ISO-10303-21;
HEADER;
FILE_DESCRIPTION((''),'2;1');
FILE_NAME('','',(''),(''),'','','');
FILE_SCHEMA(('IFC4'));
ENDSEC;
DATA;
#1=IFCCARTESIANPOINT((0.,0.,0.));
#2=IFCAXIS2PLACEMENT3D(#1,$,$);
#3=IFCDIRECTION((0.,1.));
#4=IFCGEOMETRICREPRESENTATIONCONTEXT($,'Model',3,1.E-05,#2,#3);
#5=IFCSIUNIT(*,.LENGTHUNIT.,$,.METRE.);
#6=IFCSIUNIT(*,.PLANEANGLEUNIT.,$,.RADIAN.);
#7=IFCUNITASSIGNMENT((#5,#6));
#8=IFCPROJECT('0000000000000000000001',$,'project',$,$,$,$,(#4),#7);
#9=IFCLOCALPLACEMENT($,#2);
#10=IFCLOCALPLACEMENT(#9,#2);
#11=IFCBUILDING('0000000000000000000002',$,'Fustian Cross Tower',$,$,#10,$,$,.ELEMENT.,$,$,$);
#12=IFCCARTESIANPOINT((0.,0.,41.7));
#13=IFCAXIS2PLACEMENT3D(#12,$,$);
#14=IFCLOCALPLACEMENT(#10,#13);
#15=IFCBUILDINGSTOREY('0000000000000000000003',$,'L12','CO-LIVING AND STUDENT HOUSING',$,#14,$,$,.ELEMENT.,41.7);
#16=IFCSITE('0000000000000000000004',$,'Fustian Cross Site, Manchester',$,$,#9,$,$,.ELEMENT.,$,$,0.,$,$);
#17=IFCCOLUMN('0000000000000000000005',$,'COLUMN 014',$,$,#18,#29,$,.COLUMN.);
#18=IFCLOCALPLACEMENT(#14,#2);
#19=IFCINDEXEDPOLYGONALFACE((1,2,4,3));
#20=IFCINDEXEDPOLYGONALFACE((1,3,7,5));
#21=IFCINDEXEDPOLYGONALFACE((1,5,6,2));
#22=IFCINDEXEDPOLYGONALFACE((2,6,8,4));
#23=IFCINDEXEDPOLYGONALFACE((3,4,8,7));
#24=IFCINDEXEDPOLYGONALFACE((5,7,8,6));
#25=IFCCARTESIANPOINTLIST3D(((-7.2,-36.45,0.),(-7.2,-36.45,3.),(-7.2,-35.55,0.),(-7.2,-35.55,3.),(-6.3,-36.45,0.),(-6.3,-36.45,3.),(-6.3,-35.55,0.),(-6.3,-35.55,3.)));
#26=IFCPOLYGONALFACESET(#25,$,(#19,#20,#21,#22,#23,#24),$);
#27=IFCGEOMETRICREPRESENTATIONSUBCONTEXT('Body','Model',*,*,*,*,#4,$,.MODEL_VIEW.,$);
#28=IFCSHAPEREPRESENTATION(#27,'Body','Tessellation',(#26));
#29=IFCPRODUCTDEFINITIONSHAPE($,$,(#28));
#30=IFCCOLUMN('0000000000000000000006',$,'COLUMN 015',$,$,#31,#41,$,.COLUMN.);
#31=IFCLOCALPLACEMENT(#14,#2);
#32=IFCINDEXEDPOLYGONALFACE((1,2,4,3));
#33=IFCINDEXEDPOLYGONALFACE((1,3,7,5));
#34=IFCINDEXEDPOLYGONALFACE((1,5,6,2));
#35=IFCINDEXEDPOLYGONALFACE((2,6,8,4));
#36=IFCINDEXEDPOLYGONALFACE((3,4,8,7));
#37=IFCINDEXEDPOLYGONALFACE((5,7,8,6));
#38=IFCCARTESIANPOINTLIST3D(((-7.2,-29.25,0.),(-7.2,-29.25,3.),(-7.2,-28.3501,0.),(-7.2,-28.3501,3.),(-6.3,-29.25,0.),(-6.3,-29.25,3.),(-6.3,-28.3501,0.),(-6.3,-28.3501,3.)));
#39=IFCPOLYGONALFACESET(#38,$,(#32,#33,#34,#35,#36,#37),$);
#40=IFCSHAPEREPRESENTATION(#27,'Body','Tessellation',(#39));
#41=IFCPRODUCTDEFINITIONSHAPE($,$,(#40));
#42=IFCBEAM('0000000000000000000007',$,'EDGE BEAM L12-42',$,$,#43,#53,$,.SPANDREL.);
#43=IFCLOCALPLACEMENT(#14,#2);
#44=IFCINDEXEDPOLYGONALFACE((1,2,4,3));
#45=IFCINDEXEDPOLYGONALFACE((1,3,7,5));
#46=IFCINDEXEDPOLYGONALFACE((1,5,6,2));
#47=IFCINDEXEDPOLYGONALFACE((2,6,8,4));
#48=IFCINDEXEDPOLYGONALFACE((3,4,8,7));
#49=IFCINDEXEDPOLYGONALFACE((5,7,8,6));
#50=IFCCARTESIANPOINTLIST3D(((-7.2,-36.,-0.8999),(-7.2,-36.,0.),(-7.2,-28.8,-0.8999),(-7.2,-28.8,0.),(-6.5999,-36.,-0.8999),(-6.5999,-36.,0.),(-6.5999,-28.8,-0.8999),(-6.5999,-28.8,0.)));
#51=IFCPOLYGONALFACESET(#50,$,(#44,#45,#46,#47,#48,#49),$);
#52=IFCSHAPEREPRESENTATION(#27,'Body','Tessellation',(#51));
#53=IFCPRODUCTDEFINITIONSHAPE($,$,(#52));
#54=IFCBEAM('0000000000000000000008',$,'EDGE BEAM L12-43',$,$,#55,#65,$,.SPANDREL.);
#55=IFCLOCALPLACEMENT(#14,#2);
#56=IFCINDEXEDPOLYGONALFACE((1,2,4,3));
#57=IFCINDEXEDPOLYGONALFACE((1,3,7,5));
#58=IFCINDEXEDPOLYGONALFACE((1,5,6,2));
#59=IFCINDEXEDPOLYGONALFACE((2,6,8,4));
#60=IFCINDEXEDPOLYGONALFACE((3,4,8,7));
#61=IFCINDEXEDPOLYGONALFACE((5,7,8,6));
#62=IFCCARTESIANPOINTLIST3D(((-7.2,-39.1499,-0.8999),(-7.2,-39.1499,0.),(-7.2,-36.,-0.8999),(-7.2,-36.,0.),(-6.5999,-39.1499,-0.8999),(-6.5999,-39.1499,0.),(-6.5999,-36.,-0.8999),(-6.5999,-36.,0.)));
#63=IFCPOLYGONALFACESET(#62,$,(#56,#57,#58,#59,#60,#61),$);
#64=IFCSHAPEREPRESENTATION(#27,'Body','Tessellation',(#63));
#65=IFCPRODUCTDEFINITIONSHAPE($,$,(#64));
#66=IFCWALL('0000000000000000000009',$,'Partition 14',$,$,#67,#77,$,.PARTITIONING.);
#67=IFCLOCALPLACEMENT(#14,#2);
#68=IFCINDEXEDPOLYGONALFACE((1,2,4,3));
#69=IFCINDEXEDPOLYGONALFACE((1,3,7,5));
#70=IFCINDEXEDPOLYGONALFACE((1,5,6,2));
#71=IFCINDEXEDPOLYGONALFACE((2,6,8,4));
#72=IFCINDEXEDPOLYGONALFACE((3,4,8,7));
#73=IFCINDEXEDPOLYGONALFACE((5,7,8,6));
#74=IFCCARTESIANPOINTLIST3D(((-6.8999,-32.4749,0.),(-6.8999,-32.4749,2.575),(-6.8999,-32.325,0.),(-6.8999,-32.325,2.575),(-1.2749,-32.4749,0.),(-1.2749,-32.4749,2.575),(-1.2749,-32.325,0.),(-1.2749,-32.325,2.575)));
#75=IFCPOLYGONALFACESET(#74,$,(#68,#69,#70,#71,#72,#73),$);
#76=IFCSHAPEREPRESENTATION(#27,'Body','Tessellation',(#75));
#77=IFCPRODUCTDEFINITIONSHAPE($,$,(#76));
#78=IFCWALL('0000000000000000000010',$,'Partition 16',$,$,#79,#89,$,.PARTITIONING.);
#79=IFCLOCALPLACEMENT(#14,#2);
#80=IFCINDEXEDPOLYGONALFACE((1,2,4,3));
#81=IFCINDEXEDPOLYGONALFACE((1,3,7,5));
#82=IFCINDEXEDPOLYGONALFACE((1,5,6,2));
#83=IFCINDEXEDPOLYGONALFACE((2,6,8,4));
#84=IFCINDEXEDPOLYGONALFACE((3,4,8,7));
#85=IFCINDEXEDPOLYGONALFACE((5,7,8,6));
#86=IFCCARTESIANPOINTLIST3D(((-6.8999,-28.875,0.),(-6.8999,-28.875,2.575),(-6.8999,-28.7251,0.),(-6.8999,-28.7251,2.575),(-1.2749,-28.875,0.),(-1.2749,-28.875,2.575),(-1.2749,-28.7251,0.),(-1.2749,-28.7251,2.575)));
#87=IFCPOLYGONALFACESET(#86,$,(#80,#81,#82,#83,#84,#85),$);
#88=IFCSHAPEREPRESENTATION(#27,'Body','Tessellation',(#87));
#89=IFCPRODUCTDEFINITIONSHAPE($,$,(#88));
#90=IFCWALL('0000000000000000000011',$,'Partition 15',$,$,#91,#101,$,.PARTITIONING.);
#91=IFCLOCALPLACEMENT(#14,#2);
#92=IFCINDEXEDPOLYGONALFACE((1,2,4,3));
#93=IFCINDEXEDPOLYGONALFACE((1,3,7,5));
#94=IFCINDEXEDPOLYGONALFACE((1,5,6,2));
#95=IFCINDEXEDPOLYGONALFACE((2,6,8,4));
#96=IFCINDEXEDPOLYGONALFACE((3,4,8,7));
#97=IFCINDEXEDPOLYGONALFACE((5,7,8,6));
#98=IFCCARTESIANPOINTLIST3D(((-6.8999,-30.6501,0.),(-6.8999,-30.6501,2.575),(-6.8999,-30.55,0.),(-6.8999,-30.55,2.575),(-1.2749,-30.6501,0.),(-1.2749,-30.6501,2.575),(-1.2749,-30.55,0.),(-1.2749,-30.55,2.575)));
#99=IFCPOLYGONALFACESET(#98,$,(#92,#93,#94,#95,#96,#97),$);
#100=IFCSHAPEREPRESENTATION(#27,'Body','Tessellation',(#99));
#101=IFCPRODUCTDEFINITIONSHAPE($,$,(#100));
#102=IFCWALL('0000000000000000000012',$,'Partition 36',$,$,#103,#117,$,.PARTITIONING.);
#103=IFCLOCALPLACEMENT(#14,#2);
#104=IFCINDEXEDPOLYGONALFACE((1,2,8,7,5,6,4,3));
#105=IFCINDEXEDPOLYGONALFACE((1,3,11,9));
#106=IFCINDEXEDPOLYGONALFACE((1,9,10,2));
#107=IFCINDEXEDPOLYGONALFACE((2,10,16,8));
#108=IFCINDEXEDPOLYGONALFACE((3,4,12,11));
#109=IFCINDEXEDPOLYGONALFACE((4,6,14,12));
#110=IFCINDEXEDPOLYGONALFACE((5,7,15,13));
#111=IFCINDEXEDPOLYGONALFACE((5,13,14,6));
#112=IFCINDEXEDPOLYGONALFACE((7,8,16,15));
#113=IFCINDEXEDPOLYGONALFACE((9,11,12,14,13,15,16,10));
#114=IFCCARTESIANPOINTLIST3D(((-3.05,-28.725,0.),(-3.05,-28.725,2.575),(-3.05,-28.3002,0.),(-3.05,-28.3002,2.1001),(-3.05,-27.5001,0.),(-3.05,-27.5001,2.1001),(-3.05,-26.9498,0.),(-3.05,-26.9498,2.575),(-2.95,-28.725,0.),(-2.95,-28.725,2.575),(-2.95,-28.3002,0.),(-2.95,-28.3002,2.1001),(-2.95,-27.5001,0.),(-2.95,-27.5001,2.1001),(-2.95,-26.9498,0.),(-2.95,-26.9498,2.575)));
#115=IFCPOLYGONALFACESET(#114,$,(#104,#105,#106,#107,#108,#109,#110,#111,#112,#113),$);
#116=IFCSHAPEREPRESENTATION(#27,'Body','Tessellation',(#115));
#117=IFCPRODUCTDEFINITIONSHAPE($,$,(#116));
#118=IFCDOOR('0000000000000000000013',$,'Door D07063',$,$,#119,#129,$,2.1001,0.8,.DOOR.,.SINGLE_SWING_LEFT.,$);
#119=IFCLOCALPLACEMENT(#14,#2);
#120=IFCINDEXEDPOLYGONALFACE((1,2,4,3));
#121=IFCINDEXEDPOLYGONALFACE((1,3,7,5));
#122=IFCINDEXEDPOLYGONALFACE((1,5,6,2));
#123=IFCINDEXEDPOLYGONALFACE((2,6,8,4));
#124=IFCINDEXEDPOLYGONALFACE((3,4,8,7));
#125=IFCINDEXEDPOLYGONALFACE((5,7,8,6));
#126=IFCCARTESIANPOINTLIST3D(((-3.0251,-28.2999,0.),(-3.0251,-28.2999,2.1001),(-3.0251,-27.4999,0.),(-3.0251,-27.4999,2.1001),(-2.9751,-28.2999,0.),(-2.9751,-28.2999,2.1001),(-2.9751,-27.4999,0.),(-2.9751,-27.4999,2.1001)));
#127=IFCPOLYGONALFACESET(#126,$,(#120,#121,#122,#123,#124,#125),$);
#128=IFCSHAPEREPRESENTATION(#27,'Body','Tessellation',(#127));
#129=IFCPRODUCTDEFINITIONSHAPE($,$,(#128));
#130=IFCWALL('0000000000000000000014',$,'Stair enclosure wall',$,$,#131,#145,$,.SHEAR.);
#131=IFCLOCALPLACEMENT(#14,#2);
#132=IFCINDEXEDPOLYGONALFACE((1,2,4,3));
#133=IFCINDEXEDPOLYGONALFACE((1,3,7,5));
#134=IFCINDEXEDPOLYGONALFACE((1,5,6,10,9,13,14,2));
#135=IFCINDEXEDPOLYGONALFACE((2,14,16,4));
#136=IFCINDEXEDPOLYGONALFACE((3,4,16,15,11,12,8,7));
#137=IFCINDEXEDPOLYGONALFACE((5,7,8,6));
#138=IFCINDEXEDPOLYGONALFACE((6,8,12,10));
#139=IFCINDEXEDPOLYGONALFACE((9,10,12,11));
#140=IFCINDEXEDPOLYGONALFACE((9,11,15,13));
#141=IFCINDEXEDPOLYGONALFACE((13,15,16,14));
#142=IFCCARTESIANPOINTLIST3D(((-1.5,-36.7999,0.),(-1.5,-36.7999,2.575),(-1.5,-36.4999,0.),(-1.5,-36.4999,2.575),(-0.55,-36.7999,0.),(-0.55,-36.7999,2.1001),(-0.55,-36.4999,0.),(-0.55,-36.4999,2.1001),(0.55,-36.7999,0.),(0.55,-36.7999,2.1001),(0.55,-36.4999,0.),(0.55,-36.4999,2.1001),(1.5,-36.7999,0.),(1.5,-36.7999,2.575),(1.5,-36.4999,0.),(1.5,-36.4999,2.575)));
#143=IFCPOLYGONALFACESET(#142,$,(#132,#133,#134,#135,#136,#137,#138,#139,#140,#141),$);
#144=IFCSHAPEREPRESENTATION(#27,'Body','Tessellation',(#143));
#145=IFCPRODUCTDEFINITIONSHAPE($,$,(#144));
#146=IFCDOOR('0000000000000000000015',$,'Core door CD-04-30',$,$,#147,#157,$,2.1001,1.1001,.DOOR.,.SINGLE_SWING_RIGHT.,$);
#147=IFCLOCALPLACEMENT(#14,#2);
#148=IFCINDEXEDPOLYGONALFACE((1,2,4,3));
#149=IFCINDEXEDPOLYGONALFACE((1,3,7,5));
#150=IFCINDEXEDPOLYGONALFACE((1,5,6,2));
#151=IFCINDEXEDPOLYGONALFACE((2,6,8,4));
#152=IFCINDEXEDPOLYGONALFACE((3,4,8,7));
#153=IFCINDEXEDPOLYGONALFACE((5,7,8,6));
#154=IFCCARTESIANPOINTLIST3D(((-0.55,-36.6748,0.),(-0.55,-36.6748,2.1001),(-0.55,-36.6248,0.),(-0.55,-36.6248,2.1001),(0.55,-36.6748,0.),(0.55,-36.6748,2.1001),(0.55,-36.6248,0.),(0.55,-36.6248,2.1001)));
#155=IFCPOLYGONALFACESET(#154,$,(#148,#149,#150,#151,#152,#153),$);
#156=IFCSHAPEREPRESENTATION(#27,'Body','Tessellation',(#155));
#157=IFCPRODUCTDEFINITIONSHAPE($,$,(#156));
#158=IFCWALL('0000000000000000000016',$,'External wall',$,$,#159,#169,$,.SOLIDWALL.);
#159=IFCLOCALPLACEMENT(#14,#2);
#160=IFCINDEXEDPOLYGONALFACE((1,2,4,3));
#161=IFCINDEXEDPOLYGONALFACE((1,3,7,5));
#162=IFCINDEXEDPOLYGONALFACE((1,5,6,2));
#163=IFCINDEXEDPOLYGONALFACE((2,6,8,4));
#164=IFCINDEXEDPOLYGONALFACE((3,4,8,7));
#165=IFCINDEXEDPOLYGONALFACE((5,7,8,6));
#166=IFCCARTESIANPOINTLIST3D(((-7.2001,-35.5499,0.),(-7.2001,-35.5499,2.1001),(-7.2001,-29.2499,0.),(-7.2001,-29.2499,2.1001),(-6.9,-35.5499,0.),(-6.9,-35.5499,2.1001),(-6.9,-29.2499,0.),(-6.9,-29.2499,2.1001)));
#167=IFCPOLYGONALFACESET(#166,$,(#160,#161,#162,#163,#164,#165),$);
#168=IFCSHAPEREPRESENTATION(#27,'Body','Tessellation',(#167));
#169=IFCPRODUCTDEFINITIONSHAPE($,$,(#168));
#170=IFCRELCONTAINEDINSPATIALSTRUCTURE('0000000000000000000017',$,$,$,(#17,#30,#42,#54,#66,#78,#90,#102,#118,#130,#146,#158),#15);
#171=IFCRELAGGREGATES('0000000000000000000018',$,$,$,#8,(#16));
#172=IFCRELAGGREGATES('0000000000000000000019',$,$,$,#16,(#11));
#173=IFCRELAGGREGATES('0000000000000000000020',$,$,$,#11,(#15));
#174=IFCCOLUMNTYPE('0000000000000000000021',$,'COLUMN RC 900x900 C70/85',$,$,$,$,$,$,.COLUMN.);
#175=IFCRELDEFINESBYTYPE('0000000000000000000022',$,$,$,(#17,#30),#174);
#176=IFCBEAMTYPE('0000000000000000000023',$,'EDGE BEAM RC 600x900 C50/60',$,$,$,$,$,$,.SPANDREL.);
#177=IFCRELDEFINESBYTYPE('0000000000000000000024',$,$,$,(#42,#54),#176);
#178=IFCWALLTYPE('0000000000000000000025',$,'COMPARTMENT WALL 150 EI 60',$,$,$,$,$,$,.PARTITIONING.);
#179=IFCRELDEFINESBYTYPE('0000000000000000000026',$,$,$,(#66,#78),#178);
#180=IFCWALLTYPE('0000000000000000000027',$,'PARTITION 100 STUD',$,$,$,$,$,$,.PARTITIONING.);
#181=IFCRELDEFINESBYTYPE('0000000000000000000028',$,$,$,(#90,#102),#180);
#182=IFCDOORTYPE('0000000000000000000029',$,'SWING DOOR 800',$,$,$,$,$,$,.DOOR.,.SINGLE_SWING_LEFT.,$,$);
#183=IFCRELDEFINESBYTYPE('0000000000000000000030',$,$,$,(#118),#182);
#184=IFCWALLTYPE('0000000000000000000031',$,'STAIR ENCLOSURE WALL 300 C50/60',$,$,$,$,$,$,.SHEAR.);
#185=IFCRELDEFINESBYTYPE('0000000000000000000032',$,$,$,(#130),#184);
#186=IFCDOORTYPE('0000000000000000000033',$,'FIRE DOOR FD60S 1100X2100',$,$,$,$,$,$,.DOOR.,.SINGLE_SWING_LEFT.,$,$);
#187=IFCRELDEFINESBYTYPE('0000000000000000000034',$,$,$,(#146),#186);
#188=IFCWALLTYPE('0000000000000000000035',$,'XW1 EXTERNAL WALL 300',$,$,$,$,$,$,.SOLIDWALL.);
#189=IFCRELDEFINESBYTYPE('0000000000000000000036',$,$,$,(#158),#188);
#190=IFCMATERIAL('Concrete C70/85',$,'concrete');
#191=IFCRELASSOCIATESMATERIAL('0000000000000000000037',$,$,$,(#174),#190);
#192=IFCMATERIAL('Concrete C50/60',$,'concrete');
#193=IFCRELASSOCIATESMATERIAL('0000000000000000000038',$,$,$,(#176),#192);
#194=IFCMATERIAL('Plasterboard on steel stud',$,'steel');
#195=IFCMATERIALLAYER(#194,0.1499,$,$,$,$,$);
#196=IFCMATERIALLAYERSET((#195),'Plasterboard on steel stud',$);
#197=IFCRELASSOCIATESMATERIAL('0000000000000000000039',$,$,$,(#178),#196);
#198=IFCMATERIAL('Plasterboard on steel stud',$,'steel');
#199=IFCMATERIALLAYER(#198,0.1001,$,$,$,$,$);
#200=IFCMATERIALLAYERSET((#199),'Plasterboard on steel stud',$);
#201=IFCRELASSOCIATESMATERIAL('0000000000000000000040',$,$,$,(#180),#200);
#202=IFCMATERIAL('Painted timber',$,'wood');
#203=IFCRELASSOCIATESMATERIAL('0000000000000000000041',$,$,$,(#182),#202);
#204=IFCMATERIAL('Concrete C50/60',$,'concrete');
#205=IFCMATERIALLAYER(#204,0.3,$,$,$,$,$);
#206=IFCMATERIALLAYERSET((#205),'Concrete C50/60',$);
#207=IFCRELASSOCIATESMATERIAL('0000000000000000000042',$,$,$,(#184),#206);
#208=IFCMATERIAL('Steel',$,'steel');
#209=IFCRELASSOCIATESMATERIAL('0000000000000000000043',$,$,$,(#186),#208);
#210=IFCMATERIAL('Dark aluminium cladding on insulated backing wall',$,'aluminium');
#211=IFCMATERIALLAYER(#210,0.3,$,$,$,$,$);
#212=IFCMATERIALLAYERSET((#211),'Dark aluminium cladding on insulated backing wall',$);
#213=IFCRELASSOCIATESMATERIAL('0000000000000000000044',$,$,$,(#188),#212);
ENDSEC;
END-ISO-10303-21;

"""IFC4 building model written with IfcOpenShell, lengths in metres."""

from ifc_helpers import new_model, si_unit, direction, frame, frame_2d, origin, origin_2d, place, context, subcontext, project, spatial, rectangle, extrude, material, layer, layer_set, material_profile, profile_set, type_object, element, fill, save


model = new_model("IFC4")

# Units and contexts
model_context = context("Model", 3, precision=1e-05, world=origin(), true_north=direction((0.0, 1.0)))
body_context = subcontext(model_context, "Body", "Model", "MODEL_VIEW")
ifc_project = project(units=[si_unit("LENGTHUNIT", "METRE"), si_unit("PLANEANGLEUNIT", "RADIAN")], contexts=[model_context])

# Site, building, storey
site_placement = place(None, origin())
site = spatial("IfcSite", under=ifc_project, at=site_placement, Name="Fustian Cross Site, Manchester", CompositionType="ELEMENT", RefElevation=0.0)
building_placement = place(site_placement, origin())
building = spatial("IfcBuilding", under=site, at=building_placement, Name="Fustian Cross Tower", CompositionType="ELEMENT")
storey_placement = place(building_placement, frame((0.0, 0.0, 41.7)))
storey = spatial("IfcBuildingStorey", under=building, at=storey_placement, Name="L12", Description="CO-LIVING AND STUDENT HOUSING", CompositionType="ELEMENT", Elevation=41.7)

# Columns
ifc_material_1 = material(Name="Concrete C70/85", Category="concrete")
ifc_material_profile_1 = material_profile(ifc_material_1, rectangle(XDim=0.8999, YDim=0.8999, at=origin_2d()), Name="RC 900x900")
ifc_profile_set_1 = profile_set([ifc_material_profile_1], Name="Concrete C70/85")
column_type = type_object("IfcColumnType", Name="COLUMN RC 900x900 C70/85", PredefinedType="COLUMN", material=ifc_profile_set_1)
for number, where, z_axis, x_axis, name in (
    (1, (-6.75, -36.0, 0.0), (0.0, 0.0, 1.0), (1.0, 0.0, 0.0), "COLUMN 014"),
    (2, (-6.75, -28.8, 0.0), (0.0, 0.0, 1.0), (1.0, 0.0, 0.0), "COLUMN 015"),
):
    element("IfcColumn", number, at=place(storey_placement, frame(where, z_axis=z_axis, x_axis=x_axis)), inside=storey, type_object=column_type, Name=name, PredefinedType="COLUMN", context=body_context, shape_type="SweptSolid", body=[
        extrude(rectangle(XDim=0.8999, YDim=0.8999, at=origin_2d()), origin(), (0.0, 0.0, 1.0), 3.0),
    ])

# Beams
ifc_material_2 = material(Name="Concrete C50/60", Category="concrete")
ifc_material_profile_2 = material_profile(ifc_material_2, rectangle(XDim=0.6001, YDim=0.8999, at=origin_2d()), Name="RC 600x900")
ifc_profile_set_2 = profile_set([ifc_material_profile_2], Name="Concrete C50/60")
beam_type = type_object("IfcBeamType", Name="EDGE BEAM RC 600x900 C50/60", PredefinedType="SPANDREL", material=ifc_profile_set_2)
beam_1_placement = place(storey_placement, frame((-6.8999, -28.8, -0.45), z_axis=(0.0, -1.0, 0.0), x_axis=(1.0, 0.0, 0.0)))
element("IfcBeam", 3, at=beam_1_placement, inside=storey, type_object=beam_type, Name="EDGE BEAM L12-42", PredefinedType="SPANDREL", context=body_context, shape_type="SweptSolid", body=[
    extrude(rectangle(XDim=0.6001, YDim=0.8999, at=origin_2d()), origin(), (0.0, 0.0, 1.0), 7.2),
])
beam_2_placement = place(storey_placement, frame((-6.8999, -36.0, -0.45), z_axis=(0.0, -1.0, 0.0), x_axis=(1.0, 0.0, 0.0)))
element("IfcBeam", 4, at=beam_2_placement, inside=storey, type_object=beam_type, Name="EDGE BEAM L12-43", PredefinedType="SPANDREL", context=body_context, shape_type="SweptSolid", body=[
    extrude(rectangle(XDim=0.6001, YDim=0.8999, at=origin_2d()), origin(), (0.0, 0.0, 1.0), 3.1499),
])

# Walls
ifc_material_3 = material(Name="Plasterboard on steel stud", Category="steel")
ifc_layer_1 = layer(ifc_material_3, 0.1499)
ifc_layer_set_1 = layer_set([ifc_layer_1], Name="Plasterboard on steel stud")
wall_type_1 = type_object("IfcWallType", Name="COMPARTMENT WALL 150 EI 60", PredefinedType="PARTITIONING", material=ifc_layer_set_1)
for number, where, z_axis, x_axis, name in (
    (5, (-6.8999, -32.3999, 0.0), (0.0, 0.0, 1.0), (1.0, 0.0, 0.0), "Partition 14"),
    (6, (-6.8999, -28.8, 0.0), (0.0, 0.0, 1.0), (1.0, 0.0, 0.0), "Partition 16"),
):
    element("IfcWall", number, at=place(storey_placement, frame(where, z_axis=z_axis, x_axis=x_axis)), inside=storey, type_object=wall_type_1, Name=name, PredefinedType="PARTITIONING", context=body_context, shape_type="SweptSolid", body=[
        extrude(rectangle(XDim=5.625, YDim=0.1499, at=frame_2d((2.8125, 0.0))), origin(), (0.0, 0.0, 1.0), 2.575),
    ])

# Wall
ifc_material_4 = material(Name="Plasterboard on steel stud", Category="steel")
ifc_layer_2 = layer(ifc_material_4, 0.1001)
ifc_layer_set_2 = layer_set([ifc_layer_2], Name="Plasterboard on steel stud")
wall_type_2 = type_object("IfcWallType", Name="PARTITION 100 STUD", PredefinedType="PARTITIONING", material=ifc_layer_set_2)
wall_1_placement = place(storey_placement, frame((-6.8999, -30.6001, 0.0), z_axis=(0.0, 0.0, 1.0), x_axis=(1.0, 0.0, 0.0)))
element("IfcWall", 7, at=wall_1_placement, inside=storey, type_object=wall_type_2, Name="Partition 15", PredefinedType="PARTITIONING", context=body_context, shape_type="SweptSolid", body=[
    extrude(rectangle(XDim=5.625, YDim=0.1001, at=frame_2d((2.8125, 0.0))), origin(), (0.0, 0.0, 1.0), 2.575),
])

# Walls, openings, doors
wall_2_placement = place(storey_placement, frame((-3.0, -28.7251, 0.0), z_axis=(0.0, 0.0, 1.0), x_axis=(0.0, 1.0, 0.0)))
wall_2 = element("IfcWall", 8, at=wall_2_placement, inside=storey, type_object=wall_type_2, Name="Partition 36", PredefinedType="PARTITIONING", context=body_context, shape_type="SweptSolid", body=[
    extrude(rectangle(XDim=1.7751, YDim=0.1001, at=frame_2d((0.8877, 0.0))), origin(), (0.0, 0.0, 1.0), 2.575),
])
opening_1_placement = place(wall_2_placement, frame((0.425, 0.0, 0.0)))
opening_1 = element("IfcOpeningElement", 9, at=opening_1_placement, cuts=wall_2, PredefinedType="OPENING", context=body_context, shape_type="SweptSolid", body=[
    extrude(rectangle(XDim=0.8, YDim=2.1001, at=frame_2d((0.3999, 1.05))), frame((0.0, 0.0601, 0.0), z_axis=(0.0, -1.0, 0.0), x_axis=(1.0, 0.0, 0.0)), (0.0, 0.0, 1.0), 0.1201),
])
ifc_material_5 = material(Name="Painted timber", Category="wood")
door_type_1 = type_object("IfcDoorType", Name="SWING DOOR 800", OperationType="SINGLE_SWING_LEFT", PredefinedType="DOOR", material=ifc_material_5)
door_1_placement = place(opening_1_placement, frame((0.8, 0.0, 0.0), z_axis=(0.0, 0.0, 1.0), x_axis=(-1.0, 0.0, 0.0)))
door_1 = element("IfcDoor", 10, at=door_1_placement, inside=storey, type_object=door_type_1, Name="Door D07063", OperationType="SINGLE_SWING_LEFT", OverallHeight=2.1001, OverallWidth=0.8, PredefinedType="DOOR", context=body_context, shape_type="SweptSolid", body=[
    extrude(rectangle(XDim=0.8, YDim=2.1001, at=frame_2d((0.3999, 1.05))), frame((0.0, 0.0249, 0.0), z_axis=(0.0, -1.0, 0.0), x_axis=(1.0, 0.0, 0.0)), (0.0, 0.0, 1.0), 0.05),
])
fill(opening_1, door_1)
ifc_material_6 = material(Name="Concrete C50/60", Category="concrete")
ifc_layer_3 = layer(ifc_material_6, 0.3)
ifc_layer_set_3 = layer_set([ifc_layer_3], Name="Concrete C50/60")
wall_type_3 = type_object("IfcWallType", Name="STAIR ENCLOSURE WALL 300 C50/60", PredefinedType="SHEAR", material=ifc_layer_set_3)
wall_3_placement = place(storey_placement, frame((-1.5, -36.6499, 0.0), z_axis=(0.0, 0.0, 1.0), x_axis=(1.0, 0.0, 0.0)))
wall_3 = element("IfcWall", 11, at=wall_3_placement, inside=storey, type_object=wall_type_3, Name="Stair enclosure wall", PredefinedType="SHEAR", context=body_context, shape_type="SweptSolid", body=[
    extrude(rectangle(XDim=3.0, YDim=0.3, at=frame_2d((1.5, 0.0))), origin(), (0.0, 0.0, 1.0), 2.575),
])
opening_2_placement = place(wall_3_placement, frame((0.95, 0.0, 0.0)))
opening_2 = element("IfcOpeningElement", 12, at=opening_2_placement, cuts=wall_3, PredefinedType="OPENING", context=body_context, shape_type="SweptSolid", body=[
    extrude(rectangle(XDim=1.1001, YDim=2.1001, at=frame_2d((0.55, 1.05))), frame((0.0, 0.1599, 0.0), z_axis=(0.0, -1.0, 0.0), x_axis=(1.0, 0.0, 0.0)), (0.0, 0.0, 1.0), 0.3201),
])
ifc_material_7 = material(Name="Steel", Category="steel")
door_type_2 = type_object("IfcDoorType", Name="FIRE DOOR FD60S 1100X2100", OperationType="SINGLE_SWING_LEFT", PredefinedType="DOOR", material=ifc_material_7)
door_2_placement = place(opening_2_placement, frame((1.1001, 0.0, 0.0), z_axis=(0.0, 0.0, 1.0), x_axis=(-1.0, 0.0, 0.0)))
door_2 = element("IfcDoor", 13, at=door_2_placement, inside=storey, type_object=door_type_2, Name="Core door CD-04-30", OperationType="SINGLE_SWING_RIGHT", OverallHeight=2.1001, OverallWidth=1.1001, PredefinedType="DOOR", context=body_context, shape_type="SweptSolid", body=[
    extrude(rectangle(XDim=1.1001, YDim=2.1001, at=frame_2d((0.55, 1.05))), frame((0.0, 0.0249, 0.0), z_axis=(0.0, -1.0, 0.0), x_axis=(1.0, 0.0, 0.0)), (0.0, 0.0, 1.0), 0.05),
])
fill(opening_2, door_2)

# Wall
ifc_material_8 = material(Name="Dark aluminium cladding on insulated backing wall", Category="aluminium")
ifc_layer_4 = layer(ifc_material_8, 0.3)
ifc_layer_set_4 = layer_set([ifc_layer_4], Name="Dark aluminium cladding on insulated backing wall")
wall_type_4 = type_object("IfcWallType", Name="XW1 EXTERNAL WALL 300", PredefinedType="SOLIDWALL", material=ifc_layer_set_4)
wall_4_placement = place(storey_placement, frame((-7.05, -29.25, 0.0), z_axis=(0.0, 0.0, 1.0), x_axis=(0.0, -1.0, 0.0)))
element("IfcWall", 14, at=wall_4_placement, inside=storey, type_object=wall_type_4, Name="External wall", PredefinedType="SOLIDWALL", context=body_context, shape_type="SweptSolid", body=[
    extrude(rectangle(XDim=6.3, YDim=0.3, at=frame_2d((3.1499, 0.0))), origin(), (0.0, 0.0, 1.0), 2.1001),
])

save(model, "model.ifc")
